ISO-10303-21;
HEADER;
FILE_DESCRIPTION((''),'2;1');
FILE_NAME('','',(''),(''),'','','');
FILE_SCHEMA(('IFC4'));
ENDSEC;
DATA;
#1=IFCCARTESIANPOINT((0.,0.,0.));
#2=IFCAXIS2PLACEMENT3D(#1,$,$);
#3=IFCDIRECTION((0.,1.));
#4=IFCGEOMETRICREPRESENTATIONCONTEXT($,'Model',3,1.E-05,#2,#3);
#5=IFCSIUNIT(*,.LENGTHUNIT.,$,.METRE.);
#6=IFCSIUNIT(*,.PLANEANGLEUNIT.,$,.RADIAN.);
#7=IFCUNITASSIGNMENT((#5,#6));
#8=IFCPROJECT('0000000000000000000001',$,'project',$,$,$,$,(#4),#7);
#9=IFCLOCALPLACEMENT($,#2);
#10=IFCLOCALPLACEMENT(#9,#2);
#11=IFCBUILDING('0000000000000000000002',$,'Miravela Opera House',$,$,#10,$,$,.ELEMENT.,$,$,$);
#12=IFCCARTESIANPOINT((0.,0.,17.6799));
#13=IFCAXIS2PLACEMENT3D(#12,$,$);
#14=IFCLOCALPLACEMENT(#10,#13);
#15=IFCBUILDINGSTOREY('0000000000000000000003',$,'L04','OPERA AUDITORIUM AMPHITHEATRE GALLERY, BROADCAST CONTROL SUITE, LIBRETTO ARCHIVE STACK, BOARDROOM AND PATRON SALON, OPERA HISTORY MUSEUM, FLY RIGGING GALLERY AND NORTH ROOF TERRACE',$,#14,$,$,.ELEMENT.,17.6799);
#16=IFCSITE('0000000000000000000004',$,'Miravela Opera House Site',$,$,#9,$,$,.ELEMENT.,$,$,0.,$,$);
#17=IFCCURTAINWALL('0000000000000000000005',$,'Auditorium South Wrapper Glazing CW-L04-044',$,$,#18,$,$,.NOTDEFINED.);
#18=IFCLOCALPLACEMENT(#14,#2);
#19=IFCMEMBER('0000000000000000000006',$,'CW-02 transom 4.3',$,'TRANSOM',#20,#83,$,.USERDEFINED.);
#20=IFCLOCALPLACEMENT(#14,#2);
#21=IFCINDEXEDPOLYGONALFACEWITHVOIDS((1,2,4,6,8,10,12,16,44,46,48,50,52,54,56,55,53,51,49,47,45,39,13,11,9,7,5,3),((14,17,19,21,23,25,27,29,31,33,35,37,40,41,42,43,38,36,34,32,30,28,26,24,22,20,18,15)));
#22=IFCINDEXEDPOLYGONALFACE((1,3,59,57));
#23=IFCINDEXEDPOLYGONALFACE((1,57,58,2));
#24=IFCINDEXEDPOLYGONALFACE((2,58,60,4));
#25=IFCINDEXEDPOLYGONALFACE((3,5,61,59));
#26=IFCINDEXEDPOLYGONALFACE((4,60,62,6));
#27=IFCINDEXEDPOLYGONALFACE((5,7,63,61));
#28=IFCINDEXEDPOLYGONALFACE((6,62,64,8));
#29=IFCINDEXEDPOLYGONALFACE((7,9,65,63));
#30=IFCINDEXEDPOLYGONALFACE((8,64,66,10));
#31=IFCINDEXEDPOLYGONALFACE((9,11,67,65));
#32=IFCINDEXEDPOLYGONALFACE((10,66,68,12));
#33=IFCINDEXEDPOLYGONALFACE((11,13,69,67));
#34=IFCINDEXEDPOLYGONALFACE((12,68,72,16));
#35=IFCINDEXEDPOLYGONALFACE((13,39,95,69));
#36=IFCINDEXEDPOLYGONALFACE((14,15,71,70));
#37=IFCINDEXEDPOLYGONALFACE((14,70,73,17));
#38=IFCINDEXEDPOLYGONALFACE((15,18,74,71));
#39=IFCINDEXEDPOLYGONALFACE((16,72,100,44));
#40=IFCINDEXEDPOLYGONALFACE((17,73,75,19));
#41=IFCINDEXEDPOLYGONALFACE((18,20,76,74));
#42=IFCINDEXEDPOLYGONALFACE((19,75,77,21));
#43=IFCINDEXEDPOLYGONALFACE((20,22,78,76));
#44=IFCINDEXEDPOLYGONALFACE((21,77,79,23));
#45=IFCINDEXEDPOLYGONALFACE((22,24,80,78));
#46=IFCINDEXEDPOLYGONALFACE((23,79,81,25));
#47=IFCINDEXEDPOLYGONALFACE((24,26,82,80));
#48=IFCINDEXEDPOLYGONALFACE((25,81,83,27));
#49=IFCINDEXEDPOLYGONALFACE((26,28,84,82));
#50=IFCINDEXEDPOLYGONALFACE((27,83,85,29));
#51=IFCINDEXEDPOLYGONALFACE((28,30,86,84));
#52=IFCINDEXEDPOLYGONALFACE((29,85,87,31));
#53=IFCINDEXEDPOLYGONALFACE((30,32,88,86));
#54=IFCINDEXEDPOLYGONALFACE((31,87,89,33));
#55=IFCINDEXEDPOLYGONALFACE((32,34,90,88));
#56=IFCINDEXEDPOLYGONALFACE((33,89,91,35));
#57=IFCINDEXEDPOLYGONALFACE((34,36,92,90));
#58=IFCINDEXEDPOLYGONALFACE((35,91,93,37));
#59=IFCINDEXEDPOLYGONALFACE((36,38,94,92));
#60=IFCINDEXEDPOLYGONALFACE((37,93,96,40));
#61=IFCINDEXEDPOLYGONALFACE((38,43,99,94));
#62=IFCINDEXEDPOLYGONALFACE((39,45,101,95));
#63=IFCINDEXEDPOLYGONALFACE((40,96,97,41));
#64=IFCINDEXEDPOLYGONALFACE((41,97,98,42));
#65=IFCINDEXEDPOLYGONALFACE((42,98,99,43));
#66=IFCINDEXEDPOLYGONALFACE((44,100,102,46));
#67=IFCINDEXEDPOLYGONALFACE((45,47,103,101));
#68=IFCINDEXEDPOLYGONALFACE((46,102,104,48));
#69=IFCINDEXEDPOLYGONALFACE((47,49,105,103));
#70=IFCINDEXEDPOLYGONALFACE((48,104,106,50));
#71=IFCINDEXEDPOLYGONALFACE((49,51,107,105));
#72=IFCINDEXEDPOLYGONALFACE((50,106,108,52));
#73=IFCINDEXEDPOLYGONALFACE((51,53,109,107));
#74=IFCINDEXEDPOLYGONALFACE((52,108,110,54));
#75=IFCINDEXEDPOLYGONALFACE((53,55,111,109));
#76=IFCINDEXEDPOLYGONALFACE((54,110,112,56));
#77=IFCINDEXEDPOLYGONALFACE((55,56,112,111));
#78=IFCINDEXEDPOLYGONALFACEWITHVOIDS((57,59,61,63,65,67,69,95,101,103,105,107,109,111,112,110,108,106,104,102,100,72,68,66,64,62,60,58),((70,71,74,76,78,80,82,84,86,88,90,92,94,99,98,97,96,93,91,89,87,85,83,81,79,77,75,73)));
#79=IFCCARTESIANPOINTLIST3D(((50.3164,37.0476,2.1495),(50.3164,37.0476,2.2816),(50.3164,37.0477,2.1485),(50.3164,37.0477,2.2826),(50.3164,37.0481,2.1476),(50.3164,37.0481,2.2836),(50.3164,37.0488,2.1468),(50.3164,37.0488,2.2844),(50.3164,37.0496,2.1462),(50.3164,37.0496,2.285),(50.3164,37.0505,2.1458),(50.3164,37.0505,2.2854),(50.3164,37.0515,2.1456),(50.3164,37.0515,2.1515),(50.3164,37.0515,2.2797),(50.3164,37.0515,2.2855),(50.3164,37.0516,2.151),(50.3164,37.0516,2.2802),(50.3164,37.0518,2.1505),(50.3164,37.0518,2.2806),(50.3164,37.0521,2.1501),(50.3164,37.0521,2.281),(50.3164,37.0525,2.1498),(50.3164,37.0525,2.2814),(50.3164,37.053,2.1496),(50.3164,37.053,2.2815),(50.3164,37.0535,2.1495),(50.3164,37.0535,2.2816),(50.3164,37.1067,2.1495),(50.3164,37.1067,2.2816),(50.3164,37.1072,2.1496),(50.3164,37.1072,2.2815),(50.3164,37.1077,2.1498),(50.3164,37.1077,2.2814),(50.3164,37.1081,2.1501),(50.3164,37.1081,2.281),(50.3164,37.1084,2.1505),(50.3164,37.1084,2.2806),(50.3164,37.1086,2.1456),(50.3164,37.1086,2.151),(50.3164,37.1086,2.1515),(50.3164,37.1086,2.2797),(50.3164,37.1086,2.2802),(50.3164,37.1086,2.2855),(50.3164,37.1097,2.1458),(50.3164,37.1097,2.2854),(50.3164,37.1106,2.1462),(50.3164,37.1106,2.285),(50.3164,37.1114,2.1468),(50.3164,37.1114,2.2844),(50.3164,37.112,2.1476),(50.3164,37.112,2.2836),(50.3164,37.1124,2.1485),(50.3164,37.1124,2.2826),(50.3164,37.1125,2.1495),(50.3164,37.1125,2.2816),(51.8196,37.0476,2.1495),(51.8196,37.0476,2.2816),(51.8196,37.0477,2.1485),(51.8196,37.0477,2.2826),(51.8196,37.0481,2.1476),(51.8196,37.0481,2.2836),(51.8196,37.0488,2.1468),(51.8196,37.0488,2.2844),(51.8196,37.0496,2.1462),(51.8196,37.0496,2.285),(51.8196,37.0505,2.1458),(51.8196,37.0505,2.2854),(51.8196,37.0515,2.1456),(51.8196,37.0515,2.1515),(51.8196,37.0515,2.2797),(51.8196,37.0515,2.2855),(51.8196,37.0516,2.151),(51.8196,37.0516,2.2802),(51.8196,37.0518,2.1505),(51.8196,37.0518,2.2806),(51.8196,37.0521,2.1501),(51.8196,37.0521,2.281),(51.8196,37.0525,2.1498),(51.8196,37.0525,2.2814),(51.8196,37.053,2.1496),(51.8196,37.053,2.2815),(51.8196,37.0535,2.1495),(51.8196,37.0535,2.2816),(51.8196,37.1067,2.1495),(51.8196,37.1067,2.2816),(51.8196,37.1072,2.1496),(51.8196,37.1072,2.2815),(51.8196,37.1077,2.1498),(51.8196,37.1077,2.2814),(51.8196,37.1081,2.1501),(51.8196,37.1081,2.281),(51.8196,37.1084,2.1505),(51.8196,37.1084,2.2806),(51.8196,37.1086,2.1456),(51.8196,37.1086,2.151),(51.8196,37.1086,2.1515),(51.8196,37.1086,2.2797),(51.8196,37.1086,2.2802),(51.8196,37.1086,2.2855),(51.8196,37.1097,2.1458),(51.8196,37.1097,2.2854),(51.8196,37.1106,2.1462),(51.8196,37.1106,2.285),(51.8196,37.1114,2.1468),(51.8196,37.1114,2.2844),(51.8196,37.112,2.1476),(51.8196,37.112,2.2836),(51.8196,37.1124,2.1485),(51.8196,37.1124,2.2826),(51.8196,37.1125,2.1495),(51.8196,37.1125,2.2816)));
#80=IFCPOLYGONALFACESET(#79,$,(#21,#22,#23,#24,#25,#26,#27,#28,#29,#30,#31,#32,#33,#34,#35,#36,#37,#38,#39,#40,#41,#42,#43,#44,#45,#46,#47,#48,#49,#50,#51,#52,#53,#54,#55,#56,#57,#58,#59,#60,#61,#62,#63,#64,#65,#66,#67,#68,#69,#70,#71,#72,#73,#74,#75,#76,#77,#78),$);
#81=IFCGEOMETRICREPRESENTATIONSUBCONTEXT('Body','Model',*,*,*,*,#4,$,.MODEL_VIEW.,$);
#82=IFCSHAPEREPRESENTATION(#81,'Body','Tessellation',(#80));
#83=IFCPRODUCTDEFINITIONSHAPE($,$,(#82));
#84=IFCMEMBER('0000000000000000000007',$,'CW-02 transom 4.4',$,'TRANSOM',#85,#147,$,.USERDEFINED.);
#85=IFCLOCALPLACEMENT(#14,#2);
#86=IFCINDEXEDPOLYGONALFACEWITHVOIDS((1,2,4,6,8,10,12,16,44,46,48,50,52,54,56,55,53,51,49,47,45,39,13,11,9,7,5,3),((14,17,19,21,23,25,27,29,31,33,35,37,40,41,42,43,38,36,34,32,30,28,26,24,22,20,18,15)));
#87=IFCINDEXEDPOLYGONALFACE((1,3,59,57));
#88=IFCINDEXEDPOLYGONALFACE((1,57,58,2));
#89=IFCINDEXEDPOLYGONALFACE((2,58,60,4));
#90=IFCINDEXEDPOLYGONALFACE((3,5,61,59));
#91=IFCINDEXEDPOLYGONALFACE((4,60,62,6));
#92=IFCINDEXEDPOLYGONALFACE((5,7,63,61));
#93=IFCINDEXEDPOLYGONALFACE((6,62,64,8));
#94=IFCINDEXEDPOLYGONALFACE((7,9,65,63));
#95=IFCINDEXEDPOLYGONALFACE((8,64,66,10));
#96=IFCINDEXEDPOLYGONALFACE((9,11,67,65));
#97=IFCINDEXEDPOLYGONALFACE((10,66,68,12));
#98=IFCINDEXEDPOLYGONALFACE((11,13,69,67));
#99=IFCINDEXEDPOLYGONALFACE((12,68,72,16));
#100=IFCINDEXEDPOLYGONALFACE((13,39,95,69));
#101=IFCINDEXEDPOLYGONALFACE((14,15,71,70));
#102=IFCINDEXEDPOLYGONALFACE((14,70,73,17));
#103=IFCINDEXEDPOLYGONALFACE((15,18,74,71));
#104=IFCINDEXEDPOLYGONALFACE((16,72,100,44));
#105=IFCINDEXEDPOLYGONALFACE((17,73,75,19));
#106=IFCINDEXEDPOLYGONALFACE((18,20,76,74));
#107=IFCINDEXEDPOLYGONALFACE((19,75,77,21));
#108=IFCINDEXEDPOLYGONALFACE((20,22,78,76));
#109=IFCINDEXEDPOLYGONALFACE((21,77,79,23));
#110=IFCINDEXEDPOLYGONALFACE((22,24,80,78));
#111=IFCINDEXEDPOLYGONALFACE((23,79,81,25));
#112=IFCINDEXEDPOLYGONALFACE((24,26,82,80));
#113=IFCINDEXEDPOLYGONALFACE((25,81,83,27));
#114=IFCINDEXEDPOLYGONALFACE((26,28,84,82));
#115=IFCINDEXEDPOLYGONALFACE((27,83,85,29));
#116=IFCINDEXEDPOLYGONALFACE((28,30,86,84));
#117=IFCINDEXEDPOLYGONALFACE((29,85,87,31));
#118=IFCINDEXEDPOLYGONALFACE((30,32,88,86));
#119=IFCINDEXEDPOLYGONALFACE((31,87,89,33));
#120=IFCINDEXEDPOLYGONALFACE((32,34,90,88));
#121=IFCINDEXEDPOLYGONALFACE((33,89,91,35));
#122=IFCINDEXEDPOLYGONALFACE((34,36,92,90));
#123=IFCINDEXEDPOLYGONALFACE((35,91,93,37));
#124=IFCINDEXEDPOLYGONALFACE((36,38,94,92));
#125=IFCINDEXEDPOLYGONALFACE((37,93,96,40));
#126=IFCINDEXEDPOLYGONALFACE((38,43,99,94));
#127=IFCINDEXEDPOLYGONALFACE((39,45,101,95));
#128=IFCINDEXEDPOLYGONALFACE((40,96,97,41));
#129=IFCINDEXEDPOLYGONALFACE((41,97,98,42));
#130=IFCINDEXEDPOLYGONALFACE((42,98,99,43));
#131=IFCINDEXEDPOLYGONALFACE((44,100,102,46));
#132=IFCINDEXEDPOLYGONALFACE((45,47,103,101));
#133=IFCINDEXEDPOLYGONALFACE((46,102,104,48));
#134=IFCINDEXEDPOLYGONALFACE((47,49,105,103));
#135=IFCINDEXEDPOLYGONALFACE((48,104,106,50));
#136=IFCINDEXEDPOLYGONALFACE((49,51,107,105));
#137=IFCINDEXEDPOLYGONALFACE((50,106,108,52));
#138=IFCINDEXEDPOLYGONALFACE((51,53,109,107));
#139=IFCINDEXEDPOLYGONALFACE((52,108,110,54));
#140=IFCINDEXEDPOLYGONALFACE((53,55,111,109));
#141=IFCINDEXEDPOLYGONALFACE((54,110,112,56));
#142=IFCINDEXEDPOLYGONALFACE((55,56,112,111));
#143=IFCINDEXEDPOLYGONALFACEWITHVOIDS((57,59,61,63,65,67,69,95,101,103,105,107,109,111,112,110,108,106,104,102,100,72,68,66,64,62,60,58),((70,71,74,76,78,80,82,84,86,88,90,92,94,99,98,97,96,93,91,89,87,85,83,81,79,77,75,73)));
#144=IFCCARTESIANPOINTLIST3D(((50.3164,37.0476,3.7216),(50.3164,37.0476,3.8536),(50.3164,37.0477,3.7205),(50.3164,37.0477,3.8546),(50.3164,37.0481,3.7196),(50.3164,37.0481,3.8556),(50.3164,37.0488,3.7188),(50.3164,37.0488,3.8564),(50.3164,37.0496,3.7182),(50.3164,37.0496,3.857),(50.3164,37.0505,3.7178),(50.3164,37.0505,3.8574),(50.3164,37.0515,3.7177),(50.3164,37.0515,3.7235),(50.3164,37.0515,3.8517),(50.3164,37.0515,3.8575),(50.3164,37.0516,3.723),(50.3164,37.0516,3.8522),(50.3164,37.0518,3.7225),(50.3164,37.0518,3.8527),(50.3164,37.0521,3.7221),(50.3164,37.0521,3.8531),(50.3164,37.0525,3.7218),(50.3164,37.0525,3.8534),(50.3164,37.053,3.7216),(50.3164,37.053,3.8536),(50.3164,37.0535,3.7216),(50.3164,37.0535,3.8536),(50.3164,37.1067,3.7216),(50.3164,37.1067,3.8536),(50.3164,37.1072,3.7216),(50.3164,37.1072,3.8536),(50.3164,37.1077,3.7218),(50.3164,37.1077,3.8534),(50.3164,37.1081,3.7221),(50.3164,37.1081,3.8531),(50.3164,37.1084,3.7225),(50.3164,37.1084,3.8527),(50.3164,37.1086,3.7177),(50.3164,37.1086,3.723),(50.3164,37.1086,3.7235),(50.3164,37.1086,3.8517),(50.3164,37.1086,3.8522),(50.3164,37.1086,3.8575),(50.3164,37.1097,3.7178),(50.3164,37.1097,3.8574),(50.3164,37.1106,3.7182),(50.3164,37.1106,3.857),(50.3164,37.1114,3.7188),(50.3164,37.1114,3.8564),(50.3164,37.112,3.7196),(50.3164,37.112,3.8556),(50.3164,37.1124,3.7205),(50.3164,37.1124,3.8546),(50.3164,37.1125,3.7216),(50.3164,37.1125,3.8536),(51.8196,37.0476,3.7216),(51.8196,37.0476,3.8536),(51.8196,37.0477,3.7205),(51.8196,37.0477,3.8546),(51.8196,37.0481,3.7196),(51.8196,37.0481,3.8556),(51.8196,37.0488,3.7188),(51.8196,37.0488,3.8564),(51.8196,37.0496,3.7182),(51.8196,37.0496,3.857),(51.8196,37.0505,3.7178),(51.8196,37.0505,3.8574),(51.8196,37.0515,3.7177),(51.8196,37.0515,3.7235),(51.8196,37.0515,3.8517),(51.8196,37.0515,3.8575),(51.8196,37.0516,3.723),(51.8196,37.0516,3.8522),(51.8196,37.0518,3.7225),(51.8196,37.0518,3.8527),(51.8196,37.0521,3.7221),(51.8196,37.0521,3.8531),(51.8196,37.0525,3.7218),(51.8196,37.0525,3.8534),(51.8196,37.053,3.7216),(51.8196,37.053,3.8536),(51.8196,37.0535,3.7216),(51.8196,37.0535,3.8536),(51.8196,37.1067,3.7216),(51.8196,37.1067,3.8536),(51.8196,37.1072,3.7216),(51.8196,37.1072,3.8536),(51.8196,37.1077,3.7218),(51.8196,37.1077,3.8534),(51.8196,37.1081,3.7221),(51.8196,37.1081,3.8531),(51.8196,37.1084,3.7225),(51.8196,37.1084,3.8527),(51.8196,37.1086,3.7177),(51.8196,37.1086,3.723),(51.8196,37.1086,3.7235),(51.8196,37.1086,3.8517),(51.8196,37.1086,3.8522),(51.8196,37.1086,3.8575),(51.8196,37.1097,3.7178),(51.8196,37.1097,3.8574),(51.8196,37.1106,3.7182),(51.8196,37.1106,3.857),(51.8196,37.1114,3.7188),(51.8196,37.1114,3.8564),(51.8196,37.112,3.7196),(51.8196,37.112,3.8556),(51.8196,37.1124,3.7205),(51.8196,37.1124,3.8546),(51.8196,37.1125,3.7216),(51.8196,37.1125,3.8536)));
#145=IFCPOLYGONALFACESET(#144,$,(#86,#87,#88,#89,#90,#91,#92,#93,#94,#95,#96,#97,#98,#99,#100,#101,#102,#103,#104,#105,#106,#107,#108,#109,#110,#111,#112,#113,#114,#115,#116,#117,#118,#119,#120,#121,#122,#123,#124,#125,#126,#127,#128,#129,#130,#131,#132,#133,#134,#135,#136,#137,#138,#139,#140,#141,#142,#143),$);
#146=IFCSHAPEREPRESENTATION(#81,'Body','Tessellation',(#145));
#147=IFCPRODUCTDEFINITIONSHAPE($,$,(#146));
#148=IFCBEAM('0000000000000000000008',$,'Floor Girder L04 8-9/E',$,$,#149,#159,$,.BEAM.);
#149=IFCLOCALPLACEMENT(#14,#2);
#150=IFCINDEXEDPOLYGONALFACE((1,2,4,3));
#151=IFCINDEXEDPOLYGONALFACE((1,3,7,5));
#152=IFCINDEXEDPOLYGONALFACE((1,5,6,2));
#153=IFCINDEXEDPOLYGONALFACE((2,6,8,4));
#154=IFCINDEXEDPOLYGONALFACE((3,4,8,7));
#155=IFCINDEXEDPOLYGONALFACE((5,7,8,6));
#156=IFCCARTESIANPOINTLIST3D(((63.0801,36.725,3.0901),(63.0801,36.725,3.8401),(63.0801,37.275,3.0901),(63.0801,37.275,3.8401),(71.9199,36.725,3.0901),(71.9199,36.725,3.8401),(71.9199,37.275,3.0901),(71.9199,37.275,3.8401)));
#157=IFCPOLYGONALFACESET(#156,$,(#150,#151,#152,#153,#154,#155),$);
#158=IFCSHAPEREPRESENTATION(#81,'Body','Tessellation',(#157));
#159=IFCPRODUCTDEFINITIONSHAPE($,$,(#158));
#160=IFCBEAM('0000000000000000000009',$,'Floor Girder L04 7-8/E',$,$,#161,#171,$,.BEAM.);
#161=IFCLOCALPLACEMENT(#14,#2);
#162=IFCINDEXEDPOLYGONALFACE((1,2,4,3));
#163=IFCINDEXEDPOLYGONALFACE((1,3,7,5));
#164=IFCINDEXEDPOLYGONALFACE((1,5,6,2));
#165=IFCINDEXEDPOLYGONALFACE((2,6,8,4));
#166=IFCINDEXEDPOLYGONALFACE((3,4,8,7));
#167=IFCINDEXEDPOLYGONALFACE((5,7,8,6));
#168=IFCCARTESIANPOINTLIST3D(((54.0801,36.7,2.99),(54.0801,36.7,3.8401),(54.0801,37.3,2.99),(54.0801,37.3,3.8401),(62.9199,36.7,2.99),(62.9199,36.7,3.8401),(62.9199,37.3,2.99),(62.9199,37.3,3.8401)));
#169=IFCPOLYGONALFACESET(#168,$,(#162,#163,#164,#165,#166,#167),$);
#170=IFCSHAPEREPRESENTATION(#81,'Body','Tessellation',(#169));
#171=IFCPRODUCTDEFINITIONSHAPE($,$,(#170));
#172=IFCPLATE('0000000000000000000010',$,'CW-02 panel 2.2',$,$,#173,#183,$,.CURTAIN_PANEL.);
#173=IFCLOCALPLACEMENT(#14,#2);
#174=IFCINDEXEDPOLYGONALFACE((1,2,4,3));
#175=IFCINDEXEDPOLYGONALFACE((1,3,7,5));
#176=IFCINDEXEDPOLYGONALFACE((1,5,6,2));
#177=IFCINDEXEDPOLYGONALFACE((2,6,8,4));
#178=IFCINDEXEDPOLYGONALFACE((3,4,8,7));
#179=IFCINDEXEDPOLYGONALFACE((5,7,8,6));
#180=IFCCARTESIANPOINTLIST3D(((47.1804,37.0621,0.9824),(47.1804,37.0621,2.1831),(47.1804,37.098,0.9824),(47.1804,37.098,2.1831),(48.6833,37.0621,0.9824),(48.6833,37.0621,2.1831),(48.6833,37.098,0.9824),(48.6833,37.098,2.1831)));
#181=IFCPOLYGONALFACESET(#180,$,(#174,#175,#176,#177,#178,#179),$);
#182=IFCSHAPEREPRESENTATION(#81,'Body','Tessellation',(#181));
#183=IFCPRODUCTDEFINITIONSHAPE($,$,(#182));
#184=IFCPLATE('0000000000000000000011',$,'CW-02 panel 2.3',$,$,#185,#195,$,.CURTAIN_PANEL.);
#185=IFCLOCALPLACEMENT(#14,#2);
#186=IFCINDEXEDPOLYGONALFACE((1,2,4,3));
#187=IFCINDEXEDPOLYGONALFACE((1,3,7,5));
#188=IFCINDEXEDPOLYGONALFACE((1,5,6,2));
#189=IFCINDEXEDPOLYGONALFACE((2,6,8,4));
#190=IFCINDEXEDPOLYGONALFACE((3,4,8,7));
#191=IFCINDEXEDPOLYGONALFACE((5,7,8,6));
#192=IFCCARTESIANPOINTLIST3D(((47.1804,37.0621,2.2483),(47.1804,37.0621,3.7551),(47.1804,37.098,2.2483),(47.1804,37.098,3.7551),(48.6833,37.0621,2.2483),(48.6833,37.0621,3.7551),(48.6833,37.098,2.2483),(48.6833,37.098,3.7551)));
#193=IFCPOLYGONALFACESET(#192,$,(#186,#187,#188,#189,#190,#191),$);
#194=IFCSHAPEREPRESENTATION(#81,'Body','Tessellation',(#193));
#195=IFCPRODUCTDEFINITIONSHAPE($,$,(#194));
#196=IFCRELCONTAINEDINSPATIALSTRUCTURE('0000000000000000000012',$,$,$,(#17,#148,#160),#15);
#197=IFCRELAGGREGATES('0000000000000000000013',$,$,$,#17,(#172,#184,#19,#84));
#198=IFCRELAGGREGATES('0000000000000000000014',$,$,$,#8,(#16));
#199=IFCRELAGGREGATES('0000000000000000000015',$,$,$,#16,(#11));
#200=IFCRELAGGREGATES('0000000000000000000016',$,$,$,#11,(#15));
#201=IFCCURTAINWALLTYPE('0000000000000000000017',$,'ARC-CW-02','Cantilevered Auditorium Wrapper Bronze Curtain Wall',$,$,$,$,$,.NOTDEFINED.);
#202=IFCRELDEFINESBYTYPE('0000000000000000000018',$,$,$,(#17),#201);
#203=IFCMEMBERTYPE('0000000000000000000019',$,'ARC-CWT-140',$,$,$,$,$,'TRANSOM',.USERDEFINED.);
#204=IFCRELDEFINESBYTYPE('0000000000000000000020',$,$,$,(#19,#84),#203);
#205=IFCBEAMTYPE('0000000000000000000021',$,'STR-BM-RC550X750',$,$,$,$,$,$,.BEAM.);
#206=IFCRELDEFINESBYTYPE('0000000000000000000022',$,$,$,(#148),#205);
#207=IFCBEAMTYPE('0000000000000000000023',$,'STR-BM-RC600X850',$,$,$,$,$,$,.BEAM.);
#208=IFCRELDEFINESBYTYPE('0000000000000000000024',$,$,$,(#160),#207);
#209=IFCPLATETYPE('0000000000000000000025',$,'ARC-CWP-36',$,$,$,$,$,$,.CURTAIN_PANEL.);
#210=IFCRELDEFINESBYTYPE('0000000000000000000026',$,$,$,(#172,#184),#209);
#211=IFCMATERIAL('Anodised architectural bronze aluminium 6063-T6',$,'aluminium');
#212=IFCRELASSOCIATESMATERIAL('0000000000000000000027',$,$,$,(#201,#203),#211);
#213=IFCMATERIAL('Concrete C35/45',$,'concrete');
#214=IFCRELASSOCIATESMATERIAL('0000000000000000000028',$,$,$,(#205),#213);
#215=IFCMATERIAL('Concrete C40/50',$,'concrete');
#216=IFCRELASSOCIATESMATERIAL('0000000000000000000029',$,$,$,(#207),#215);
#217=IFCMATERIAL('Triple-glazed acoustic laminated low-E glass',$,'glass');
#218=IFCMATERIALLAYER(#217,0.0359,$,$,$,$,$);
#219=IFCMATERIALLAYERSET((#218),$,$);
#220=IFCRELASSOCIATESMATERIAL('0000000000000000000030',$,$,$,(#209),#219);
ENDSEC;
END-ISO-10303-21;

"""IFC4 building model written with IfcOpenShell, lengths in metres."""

from ifc_helpers import new_model, si_unit, direction, frame, origin, origin_2d, place, context, subcontext, project, spatial, rectangle, hollow_rectangle, extrude, material, layer, layer_set, material_profile, profile_set, type_object, element, aggregate, save


model = new_model("IFC4")

# Units and contexts
model_context = context("Model", 3, precision=1e-05, world=origin(), true_north=direction((0.0, 1.0)))
body_context = subcontext(model_context, "Body", "Model", "MODEL_VIEW")
ifc_project = project(units=[si_unit("LENGTHUNIT", "METRE"), si_unit("PLANEANGLEUNIT", "RADIAN")], contexts=[model_context])

# Site, building, storey
site_placement = place(None, origin())
site = spatial("IfcSite", under=ifc_project, at=site_placement, Name="Miravela Opera House Site", CompositionType="ELEMENT", RefElevation=0.0)
building_placement = place(site_placement, origin())
building = spatial("IfcBuilding", under=site, at=building_placement, Name="Miravela Opera House", CompositionType="ELEMENT")
storey_placement = place(building_placement, frame((0.0, 0.0, 17.6799)))
storey = spatial("IfcBuildingStorey", under=building, at=storey_placement, Name="L04", Description="OPERA AUDITORIUM AMPHITHEATRE GALLERY, BROADCAST CONTROL SUITE, LIBRETTO ARCHIVE STACK, BOARDROOM AND PATRON SALON, OPERA HISTORY MUSEUM, FLY RIGGING GALLERY AND NORTH ROOF TERRACE", CompositionType="ELEMENT", Elevation=17.6799)

# Shared definitions
ifc_material_1 = material(Name="Concrete C35/45", Category="concrete")

# Curtain wall, members
ifc_material_2 = material(Name="Anodised architectural bronze aluminium 6063-T6", Category="aluminium")
curtain_wall_type = type_object("IfcCurtainWallType", Name="ARC-CW-02", Description="Cantilevered Auditorium Wrapper Bronze Curtain Wall", PredefinedType="NOTDEFINED", material=ifc_material_2)
curtain_wall_placement = place(storey_placement, origin())
curtain_wall = element("IfcCurtainWall", 1, at=curtain_wall_placement, inside=storey, type_object=curtain_wall_type, Name="Auditorium South Wrapper Glazing CW-L04-044", PredefinedType="NOTDEFINED")
ifc_material_profile_1 = material_profile(ifc_material_2, hollow_rectangle(XDim=0.0649, YDim=0.1399, WallThickness=0.0039, InnerFilletRadius=0.002, OuterFilletRadius=0.0039, at=origin_2d()), Name="CWT-65X140")
ifc_profile_set_1 = profile_set([ifc_material_profile_1])
member_type_1 = type_object("IfcMemberType", Name="ARC-CWT-140", ElementType="TRANSOM", PredefinedType="USERDEFINED", material=ifc_profile_set_1)
member_1_placement = place(storey_placement, frame((50.3164, 37.0801, 2.2156), z_axis=(1.0, 0.0, 0.0), x_axis=(0.0, 1.0, 0.0)))
member_1 = element("IfcMember", 2, at=member_1_placement, type_object=member_type_1, Name="CW-02 transom 4.3", ObjectType="TRANSOM", PredefinedType="USERDEFINED", context=body_context, shape_type="SweptSolid", body=[
    extrude(hollow_rectangle(XDim=0.0649, YDim=0.1399, WallThickness=0.0039, InnerFilletRadius=0.002, OuterFilletRadius=0.0039, at=origin_2d()), origin(), (0.0, 0.0, 1.0), 1.5032),
])
member_2_placement = place(storey_placement, frame((50.3164, 37.0801, 3.7876), z_axis=(1.0, 0.0, 0.0), x_axis=(0.0, 1.0, 0.0)))
member_2 = element("IfcMember", 3, at=member_2_placement, type_object=member_type_1, Name="CW-02 transom 4.4", ObjectType="TRANSOM", PredefinedType="USERDEFINED", context=body_context, shape_type="SweptSolid", body=[
    extrude(hollow_rectangle(XDim=0.0649, YDim=0.1399, WallThickness=0.0039, InnerFilletRadius=0.002, OuterFilletRadius=0.0039, at=origin_2d()), origin(), (0.0, 0.0, 1.0), 1.5032),
])

# Beams
ifc_material_profile_2 = material_profile(ifc_material_1, rectangle(XDim=0.55, YDim=0.75, at=origin_2d()), Name="RC-BM-550X750")
ifc_profile_set_2 = profile_set([ifc_material_profile_2])
beam_type_1 = type_object("IfcBeamType", Name="STR-BM-RC550X750", PredefinedType="BEAM", material=ifc_profile_set_2)
beam_1_placement = place(storey_placement, frame((63.0801, 37.0, 3.4651), z_axis=(1.0, 0.0, 0.0), x_axis=(0.0, 1.0, 0.0)))
element("IfcBeam", 4, at=beam_1_placement, inside=storey, type_object=beam_type_1, Name="Floor Girder L04 8-9/E", PredefinedType="BEAM", context=body_context, shape_type="SweptSolid", body=[
    extrude(rectangle(XDim=0.55, YDim=0.75, at=origin_2d()), origin(), (0.0, 0.0, 1.0), 8.8398),
])
ifc_material_3 = material(Name="Concrete C40/50", Category="concrete")
ifc_material_profile_3 = material_profile(ifc_material_3, rectangle(XDim=0.6001, YDim=0.8501, at=origin_2d()), Name="RC-BM-600X850")
ifc_profile_set_3 = profile_set([ifc_material_profile_3])
beam_type_2 = type_object("IfcBeamType", Name="STR-BM-RC600X850", PredefinedType="BEAM", material=ifc_profile_set_3)
beam_2_placement = place(storey_placement, frame((54.0801, 37.0, 3.415), z_axis=(1.0, 0.0, 0.0), x_axis=(0.0, 1.0, 0.0)))
element("IfcBeam", 5, at=beam_2_placement, inside=storey, type_object=beam_type_2, Name="Floor Girder L04 7-8/E", PredefinedType="BEAM", context=body_context, shape_type="SweptSolid", body=[
    extrude(rectangle(XDim=0.6001, YDim=0.8501, at=origin_2d()), origin(), (0.0, 0.0, 1.0), 8.8398),
])

# Plates
ifc_material_4 = material(Name="Triple-glazed acoustic laminated low-E glass", Category="glass")
ifc_layer = layer(ifc_material_4, 0.0359)
ifc_layer_set = layer_set([ifc_layer])
plate_type = type_object("IfcPlateType", Name="ARC-CWP-36", PredefinedType="CURTAIN_PANEL", material=ifc_layer_set)
plate_1_placement = place(storey_placement, frame((47.9319, 37.0801, 0.9824), z_axis=(0.0, 0.0, 1.0), x_axis=(1.0, 0.0, 0.0)))
plate_1 = element("IfcPlate", 6, at=plate_1_placement, type_object=plate_type, Name="CW-02 panel 2.2", PredefinedType="CURTAIN_PANEL", context=body_context, shape_type="SweptSolid", body=[
    extrude(rectangle(XDim=1.5029, YDim=0.0359, at=origin_2d()), origin(), (0.0, 0.0, 1.0), 1.2007),
])
plate_2_placement = place(storey_placement, frame((47.9319, 37.0801, 2.2483), z_axis=(0.0, 0.0, 1.0), x_axis=(1.0, 0.0, 0.0)))
plate_2 = element("IfcPlate", 7, at=plate_2_placement, type_object=plate_type, Name="CW-02 panel 2.3", PredefinedType="CURTAIN_PANEL", context=body_context, shape_type="SweptSolid", body=[
    extrude(rectangle(XDim=1.5029, YDim=0.0359, at=origin_2d()), origin(), (0.0, 0.0, 1.0), 1.5068),
])
aggregate(curtain_wall, [plate_1, plate_2, member_1, member_2])

save(model, "model.ifc")
